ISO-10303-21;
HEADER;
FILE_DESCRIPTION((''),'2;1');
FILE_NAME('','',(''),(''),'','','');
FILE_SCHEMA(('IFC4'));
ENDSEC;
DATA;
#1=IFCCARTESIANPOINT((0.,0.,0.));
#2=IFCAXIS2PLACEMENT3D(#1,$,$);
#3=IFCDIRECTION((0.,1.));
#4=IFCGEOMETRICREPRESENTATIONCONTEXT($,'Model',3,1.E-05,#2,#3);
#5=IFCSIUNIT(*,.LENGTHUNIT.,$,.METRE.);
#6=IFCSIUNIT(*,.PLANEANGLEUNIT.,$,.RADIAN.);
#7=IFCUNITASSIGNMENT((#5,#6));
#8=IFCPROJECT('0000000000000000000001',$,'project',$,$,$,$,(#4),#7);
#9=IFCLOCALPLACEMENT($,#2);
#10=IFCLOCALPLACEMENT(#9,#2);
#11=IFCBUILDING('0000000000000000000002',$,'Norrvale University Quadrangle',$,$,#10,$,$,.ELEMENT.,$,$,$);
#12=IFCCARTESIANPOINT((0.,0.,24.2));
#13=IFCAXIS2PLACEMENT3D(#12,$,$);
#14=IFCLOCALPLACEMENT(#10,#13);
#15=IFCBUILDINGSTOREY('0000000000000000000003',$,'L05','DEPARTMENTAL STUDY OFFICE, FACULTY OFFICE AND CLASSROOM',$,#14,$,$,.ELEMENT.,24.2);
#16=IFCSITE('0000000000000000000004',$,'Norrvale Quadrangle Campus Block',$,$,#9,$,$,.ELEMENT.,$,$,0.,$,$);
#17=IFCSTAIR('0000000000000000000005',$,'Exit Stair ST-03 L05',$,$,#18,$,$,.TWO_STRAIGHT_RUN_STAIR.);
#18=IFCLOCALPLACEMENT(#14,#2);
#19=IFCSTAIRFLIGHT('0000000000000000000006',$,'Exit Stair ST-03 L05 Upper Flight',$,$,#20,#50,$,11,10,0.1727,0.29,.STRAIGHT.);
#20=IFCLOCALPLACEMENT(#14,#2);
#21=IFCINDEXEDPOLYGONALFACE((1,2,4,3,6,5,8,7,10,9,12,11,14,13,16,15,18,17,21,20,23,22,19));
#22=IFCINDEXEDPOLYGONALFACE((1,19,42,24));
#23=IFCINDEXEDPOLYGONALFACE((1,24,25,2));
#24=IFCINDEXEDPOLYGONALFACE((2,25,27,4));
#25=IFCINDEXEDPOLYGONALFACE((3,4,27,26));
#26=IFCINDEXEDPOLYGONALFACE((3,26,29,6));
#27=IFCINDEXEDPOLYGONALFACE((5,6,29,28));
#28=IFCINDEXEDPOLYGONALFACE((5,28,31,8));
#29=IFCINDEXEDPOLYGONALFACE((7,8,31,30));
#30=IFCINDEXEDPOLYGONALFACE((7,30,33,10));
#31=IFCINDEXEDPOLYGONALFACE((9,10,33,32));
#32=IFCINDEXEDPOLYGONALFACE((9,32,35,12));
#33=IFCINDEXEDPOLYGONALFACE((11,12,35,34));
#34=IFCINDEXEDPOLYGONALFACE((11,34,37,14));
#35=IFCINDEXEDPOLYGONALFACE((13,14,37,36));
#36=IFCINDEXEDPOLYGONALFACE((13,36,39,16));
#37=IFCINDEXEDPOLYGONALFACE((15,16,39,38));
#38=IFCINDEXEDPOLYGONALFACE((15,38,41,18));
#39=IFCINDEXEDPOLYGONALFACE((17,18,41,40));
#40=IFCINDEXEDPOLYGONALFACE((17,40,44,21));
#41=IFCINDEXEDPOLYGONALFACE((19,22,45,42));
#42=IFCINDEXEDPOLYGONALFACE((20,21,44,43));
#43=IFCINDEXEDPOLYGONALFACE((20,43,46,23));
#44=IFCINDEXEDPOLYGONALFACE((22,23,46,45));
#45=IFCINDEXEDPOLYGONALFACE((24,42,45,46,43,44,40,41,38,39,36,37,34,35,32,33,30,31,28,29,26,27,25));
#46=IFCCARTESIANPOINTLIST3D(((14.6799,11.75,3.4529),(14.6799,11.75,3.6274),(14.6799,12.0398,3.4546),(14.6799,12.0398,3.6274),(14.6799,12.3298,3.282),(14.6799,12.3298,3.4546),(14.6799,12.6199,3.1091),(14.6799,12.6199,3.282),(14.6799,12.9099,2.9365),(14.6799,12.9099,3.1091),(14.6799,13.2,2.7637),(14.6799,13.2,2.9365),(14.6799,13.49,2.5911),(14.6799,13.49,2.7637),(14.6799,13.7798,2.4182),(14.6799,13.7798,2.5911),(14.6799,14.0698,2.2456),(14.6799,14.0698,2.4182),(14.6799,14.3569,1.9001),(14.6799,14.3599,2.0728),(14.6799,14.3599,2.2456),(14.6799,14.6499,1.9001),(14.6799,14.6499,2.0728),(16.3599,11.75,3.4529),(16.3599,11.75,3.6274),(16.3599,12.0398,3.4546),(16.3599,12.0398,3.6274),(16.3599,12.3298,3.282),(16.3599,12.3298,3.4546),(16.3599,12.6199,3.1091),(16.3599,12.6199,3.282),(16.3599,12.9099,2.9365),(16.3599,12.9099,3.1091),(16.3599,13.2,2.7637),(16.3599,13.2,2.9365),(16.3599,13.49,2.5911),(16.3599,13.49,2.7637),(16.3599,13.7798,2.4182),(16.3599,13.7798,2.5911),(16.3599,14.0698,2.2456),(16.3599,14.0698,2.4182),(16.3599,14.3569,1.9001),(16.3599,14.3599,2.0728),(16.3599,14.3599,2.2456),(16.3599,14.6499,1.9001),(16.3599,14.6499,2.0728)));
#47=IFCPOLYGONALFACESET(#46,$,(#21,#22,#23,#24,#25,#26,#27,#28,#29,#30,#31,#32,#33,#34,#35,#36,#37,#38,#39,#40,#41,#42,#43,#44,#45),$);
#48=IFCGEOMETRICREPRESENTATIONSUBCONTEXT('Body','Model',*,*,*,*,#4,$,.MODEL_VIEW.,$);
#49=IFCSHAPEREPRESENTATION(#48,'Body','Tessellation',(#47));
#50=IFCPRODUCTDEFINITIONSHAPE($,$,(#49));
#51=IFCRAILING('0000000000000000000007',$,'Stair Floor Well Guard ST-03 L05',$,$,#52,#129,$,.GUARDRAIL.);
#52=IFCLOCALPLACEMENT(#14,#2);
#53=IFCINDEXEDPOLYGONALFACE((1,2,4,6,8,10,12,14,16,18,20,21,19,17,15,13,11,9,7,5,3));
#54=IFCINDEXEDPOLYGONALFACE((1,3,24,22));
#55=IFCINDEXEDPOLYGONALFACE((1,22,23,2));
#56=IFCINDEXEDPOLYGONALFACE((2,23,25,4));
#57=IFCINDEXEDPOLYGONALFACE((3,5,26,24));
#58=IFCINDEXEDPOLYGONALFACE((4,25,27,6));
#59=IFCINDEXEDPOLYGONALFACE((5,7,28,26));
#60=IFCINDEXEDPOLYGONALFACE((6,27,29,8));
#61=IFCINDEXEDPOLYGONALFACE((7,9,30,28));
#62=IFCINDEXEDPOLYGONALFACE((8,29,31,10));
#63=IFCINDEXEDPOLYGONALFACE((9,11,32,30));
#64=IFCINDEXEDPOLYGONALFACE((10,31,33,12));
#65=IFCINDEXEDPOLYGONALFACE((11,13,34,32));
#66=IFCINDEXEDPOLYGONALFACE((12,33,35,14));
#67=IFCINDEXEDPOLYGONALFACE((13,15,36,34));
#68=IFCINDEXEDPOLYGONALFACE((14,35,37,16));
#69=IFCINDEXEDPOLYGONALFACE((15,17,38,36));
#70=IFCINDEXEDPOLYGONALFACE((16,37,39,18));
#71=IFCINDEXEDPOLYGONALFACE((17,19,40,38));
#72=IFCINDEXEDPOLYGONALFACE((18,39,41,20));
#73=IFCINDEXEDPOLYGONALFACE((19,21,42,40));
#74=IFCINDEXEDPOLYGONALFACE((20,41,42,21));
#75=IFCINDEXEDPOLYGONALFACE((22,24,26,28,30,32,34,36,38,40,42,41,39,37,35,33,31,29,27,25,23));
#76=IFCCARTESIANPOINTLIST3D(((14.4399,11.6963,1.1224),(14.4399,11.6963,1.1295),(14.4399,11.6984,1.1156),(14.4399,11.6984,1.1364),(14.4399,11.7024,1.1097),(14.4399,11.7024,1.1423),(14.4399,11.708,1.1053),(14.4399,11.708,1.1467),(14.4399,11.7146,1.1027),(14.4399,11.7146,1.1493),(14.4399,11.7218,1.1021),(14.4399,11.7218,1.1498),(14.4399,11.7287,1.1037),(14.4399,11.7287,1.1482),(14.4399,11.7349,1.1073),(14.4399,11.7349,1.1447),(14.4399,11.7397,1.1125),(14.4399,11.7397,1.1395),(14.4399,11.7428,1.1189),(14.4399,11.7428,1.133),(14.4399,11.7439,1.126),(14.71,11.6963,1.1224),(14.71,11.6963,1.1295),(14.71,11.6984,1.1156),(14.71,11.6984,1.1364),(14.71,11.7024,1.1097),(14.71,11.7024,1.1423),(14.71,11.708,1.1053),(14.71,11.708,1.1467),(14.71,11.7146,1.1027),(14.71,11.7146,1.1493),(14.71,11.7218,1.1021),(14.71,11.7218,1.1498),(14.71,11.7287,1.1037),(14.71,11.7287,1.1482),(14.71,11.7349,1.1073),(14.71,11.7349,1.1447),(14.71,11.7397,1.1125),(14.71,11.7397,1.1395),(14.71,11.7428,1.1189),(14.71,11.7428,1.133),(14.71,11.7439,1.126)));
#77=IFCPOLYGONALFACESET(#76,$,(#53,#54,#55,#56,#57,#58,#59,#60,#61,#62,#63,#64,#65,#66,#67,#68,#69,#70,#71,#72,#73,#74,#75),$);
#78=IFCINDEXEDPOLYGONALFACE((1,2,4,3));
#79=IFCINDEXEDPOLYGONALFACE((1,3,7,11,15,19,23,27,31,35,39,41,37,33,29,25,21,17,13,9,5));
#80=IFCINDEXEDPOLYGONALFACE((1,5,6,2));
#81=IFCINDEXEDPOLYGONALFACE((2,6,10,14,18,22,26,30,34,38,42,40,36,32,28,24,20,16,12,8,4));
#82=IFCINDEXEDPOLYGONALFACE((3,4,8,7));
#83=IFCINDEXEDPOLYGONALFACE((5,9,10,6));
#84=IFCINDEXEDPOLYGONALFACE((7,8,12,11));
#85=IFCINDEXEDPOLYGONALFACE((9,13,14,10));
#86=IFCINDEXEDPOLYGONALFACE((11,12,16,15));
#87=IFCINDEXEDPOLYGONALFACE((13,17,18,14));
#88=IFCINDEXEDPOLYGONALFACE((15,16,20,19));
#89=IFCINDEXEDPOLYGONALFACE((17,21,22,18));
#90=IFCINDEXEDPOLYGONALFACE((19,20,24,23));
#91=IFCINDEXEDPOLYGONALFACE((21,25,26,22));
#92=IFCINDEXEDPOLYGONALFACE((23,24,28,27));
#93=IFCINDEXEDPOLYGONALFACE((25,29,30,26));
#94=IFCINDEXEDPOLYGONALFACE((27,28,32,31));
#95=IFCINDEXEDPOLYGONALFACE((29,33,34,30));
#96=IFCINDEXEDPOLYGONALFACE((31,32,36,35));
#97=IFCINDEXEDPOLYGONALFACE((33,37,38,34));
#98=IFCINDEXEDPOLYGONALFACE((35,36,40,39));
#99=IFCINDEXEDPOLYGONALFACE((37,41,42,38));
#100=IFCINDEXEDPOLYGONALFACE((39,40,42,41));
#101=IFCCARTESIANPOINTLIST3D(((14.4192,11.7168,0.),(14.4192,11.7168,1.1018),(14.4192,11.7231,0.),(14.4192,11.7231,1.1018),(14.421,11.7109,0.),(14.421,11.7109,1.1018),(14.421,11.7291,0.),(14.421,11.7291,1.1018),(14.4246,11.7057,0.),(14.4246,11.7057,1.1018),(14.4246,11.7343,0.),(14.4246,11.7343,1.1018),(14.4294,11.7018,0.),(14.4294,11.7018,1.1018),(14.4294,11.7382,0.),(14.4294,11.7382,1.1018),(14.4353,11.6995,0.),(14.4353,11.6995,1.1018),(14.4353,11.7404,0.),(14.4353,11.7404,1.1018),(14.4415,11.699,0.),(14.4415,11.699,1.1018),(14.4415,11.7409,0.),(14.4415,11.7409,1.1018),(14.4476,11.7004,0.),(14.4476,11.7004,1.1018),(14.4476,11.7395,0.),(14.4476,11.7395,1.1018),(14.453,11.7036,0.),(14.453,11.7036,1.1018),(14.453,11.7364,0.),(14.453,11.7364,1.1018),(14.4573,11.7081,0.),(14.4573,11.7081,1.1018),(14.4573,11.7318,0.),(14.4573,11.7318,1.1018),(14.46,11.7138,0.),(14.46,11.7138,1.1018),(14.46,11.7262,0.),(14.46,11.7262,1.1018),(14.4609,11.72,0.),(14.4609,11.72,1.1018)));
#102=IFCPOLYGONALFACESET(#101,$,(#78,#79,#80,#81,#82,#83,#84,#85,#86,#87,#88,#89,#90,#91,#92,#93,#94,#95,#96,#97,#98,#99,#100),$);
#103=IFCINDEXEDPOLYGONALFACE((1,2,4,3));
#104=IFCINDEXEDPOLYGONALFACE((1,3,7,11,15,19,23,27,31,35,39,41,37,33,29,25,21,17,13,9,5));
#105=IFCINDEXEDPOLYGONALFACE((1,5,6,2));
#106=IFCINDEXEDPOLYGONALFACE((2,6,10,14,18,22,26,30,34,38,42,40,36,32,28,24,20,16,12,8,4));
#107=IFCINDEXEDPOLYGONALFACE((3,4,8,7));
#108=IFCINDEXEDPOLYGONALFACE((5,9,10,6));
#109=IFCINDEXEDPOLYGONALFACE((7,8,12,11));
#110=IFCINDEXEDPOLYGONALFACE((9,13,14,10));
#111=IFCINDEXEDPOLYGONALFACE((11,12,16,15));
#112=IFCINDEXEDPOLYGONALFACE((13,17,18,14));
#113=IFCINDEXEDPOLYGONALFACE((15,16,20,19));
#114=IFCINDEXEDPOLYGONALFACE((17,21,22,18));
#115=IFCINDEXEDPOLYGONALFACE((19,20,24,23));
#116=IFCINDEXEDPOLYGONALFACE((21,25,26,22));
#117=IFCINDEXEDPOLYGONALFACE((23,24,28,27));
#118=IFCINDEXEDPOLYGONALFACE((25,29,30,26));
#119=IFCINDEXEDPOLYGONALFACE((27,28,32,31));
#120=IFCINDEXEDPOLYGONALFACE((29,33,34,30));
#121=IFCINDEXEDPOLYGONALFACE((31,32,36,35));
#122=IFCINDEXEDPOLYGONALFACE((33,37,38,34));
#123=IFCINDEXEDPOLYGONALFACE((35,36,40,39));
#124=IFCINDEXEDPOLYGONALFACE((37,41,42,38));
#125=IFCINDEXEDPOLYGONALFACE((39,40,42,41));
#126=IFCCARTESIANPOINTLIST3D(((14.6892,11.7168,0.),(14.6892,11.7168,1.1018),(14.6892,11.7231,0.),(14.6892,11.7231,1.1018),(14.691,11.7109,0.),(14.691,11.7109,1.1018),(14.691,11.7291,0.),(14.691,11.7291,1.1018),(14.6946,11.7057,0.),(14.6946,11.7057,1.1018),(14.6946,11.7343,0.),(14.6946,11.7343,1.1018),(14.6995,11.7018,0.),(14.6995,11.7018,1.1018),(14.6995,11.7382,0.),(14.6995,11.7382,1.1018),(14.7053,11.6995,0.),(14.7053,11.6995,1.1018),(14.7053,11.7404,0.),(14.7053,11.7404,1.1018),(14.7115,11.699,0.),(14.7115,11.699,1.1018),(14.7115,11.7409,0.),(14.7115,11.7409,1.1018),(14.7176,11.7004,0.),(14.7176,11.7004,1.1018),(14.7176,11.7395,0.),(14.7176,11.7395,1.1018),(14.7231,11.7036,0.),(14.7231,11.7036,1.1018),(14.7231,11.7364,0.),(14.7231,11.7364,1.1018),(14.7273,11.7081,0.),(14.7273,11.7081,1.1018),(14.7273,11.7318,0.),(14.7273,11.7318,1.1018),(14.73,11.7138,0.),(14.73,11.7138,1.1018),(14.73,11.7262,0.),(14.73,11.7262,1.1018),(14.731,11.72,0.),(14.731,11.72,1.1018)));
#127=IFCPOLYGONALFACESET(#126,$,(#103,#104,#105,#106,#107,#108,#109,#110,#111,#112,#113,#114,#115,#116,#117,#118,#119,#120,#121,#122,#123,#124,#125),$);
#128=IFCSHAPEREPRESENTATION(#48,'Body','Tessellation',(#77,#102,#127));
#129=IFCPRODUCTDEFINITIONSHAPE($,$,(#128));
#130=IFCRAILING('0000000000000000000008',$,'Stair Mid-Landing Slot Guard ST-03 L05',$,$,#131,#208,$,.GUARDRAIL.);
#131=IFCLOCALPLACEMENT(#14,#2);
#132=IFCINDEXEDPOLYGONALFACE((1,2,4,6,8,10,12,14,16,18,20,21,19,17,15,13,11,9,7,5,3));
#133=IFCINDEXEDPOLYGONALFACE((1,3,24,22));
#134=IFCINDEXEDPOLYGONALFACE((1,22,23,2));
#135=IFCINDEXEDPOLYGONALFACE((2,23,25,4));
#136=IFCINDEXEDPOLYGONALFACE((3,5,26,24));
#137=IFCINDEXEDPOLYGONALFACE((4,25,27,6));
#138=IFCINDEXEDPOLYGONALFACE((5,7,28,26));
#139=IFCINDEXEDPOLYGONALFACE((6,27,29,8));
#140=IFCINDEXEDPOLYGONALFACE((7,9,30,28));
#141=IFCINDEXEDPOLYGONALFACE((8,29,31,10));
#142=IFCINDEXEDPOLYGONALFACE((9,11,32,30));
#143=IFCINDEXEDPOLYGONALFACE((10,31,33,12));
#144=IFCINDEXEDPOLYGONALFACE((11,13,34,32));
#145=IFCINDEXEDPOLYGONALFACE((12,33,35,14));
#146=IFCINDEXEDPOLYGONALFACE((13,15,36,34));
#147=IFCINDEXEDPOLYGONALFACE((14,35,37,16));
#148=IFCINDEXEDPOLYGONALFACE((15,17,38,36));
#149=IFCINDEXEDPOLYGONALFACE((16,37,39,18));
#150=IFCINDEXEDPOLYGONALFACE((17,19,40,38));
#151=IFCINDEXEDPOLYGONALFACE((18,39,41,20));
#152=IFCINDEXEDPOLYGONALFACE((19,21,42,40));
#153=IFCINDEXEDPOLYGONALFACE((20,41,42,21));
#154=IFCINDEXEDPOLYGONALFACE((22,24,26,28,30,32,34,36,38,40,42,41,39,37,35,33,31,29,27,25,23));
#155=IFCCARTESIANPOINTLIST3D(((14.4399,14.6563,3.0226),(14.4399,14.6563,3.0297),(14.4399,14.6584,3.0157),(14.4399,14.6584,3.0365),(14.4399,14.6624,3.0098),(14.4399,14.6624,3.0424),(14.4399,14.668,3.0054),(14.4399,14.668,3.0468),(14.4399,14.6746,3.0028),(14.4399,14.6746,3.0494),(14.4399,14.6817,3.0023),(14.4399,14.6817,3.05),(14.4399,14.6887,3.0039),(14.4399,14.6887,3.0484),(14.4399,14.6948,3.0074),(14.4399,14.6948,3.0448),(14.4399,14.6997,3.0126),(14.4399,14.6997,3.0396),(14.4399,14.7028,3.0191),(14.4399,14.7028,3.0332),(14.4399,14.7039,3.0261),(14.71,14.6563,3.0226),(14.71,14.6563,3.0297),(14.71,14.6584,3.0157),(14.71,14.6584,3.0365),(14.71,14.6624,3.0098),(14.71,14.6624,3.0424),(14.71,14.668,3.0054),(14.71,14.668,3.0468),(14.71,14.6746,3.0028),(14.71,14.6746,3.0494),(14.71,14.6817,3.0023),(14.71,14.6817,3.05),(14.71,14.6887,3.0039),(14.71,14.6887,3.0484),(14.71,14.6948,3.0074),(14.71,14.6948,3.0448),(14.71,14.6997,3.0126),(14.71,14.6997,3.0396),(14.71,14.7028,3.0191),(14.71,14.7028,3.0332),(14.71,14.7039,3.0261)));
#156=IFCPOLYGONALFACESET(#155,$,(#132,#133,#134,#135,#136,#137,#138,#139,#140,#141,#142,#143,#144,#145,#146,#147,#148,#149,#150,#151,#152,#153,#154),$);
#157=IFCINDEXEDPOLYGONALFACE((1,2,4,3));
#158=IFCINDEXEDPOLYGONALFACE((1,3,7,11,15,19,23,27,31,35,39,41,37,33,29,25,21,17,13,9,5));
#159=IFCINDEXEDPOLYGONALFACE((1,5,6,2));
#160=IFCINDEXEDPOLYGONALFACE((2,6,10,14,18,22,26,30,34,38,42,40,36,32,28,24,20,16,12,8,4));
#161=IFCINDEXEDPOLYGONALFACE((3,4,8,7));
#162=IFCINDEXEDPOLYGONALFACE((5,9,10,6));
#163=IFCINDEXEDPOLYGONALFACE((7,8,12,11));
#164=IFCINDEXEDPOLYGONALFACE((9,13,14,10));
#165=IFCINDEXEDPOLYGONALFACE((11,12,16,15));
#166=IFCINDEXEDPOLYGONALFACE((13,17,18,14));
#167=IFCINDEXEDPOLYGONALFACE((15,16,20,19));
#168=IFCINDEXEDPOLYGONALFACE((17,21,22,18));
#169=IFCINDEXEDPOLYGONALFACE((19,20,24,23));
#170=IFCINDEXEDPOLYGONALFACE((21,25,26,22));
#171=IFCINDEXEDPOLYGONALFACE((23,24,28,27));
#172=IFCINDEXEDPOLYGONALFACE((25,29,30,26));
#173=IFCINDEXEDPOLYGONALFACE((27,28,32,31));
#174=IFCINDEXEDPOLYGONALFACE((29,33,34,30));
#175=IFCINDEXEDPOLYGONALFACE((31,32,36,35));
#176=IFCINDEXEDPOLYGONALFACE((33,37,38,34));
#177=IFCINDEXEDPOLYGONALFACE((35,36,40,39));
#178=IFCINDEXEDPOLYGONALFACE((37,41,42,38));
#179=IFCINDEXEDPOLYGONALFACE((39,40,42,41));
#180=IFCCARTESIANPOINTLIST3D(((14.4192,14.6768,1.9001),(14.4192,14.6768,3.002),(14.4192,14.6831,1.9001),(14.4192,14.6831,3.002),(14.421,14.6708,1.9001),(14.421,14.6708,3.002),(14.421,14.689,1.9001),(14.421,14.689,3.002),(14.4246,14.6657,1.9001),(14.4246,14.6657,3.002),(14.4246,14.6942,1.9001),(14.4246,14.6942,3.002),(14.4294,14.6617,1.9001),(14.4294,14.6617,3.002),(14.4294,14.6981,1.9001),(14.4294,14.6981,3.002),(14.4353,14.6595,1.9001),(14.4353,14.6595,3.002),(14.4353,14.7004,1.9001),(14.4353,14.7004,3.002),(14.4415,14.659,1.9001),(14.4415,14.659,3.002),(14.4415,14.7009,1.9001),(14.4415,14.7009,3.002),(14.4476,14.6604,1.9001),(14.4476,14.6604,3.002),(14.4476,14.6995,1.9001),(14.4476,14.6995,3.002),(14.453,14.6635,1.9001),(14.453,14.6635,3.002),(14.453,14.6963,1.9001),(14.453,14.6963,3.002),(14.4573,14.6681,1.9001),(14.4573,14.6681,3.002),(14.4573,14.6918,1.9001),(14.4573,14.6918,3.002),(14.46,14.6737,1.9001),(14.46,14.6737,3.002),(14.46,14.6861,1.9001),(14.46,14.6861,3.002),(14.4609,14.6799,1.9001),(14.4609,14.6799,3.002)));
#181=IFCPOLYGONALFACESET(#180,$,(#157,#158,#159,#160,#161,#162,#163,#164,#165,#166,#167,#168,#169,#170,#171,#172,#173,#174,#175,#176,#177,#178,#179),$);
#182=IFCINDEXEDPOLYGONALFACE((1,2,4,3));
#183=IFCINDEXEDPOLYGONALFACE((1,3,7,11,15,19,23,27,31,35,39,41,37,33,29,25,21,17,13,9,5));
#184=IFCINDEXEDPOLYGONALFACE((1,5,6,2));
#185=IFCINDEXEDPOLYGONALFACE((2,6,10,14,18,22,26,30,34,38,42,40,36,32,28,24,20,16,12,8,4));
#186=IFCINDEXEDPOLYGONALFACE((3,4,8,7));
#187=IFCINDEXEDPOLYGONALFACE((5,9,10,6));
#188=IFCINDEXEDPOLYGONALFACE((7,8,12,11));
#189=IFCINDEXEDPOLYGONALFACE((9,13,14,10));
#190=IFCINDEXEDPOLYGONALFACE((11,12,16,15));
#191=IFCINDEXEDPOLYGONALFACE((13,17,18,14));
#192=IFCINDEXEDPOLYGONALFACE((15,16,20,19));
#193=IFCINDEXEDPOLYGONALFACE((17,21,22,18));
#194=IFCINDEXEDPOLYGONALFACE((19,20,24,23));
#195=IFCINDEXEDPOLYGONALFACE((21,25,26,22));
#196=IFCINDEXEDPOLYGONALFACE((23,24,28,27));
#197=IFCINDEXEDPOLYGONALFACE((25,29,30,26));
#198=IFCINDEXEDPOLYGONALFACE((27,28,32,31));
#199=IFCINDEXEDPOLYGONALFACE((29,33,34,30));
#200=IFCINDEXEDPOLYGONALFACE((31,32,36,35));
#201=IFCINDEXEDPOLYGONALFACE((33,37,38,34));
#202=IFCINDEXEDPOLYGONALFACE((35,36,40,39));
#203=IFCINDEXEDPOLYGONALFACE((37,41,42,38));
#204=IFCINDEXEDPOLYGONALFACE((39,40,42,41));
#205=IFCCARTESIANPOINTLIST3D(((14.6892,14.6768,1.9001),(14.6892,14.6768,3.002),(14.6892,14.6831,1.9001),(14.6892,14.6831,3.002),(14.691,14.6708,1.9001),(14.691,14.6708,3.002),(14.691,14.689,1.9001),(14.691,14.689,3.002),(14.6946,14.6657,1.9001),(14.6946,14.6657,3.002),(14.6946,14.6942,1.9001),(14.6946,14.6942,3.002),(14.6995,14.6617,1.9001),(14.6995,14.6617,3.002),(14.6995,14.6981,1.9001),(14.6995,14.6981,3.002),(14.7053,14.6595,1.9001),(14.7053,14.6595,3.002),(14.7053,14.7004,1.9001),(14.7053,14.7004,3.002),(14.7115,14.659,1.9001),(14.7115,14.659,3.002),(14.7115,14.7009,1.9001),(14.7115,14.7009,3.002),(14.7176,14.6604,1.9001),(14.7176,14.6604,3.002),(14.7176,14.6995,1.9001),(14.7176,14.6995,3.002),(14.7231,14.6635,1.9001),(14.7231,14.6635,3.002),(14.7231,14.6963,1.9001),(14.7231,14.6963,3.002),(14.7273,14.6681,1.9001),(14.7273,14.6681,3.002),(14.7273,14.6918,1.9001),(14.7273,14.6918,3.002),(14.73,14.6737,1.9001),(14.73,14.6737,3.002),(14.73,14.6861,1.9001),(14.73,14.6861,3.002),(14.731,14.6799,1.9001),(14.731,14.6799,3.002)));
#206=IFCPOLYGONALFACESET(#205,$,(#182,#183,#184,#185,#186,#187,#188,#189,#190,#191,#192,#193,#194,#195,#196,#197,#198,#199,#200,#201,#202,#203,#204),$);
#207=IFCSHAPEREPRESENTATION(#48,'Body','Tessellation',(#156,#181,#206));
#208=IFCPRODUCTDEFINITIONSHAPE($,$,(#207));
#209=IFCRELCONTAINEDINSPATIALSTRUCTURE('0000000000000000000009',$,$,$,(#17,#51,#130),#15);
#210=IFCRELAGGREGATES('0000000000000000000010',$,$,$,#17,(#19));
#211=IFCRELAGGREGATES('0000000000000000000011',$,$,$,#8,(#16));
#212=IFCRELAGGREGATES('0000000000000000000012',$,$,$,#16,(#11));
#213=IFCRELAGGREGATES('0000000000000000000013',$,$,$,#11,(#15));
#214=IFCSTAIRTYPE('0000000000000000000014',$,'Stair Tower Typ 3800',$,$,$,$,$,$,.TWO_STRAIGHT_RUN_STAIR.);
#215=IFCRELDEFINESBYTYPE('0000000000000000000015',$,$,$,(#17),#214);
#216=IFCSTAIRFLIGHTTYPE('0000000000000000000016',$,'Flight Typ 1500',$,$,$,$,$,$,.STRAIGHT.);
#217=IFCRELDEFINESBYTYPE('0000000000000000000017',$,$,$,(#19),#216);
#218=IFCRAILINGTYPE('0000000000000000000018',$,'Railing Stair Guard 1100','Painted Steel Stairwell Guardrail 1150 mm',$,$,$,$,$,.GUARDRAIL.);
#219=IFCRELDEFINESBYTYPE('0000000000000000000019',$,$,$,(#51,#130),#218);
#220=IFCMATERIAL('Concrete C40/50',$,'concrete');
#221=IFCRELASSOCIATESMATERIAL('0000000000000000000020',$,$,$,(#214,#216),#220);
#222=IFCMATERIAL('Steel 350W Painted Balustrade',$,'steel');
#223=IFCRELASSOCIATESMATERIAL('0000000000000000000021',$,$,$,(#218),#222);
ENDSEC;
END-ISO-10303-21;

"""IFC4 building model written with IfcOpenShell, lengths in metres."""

from ifc_helpers import new_model, si_unit, direction, frame, origin, origin_2d, place, context, subcontext, project, spatial, polyline, circle, outline, extrude, material, type_object, element, aggregate, save


model = new_model("IFC4")

# Units and contexts
model_context = context("Model", 3, precision=1e-05, world=origin(), true_north=direction((0.0, 1.0)))
body_context = subcontext(model_context, "Body", "Model", "MODEL_VIEW")
ifc_project = project(units=[si_unit("LENGTHUNIT", "METRE"), si_unit("PLANEANGLEUNIT", "RADIAN")], contexts=[model_context])

# Site, building, storey
site_placement = place(None, origin())
site = spatial("IfcSite", under=ifc_project, at=site_placement, Name="Norrvale Quadrangle Campus Block", CompositionType="ELEMENT", RefElevation=0.0)
building_placement = place(site_placement, origin())
building = spatial("IfcBuilding", under=site, at=building_placement, Name="Norrvale University Quadrangle", CompositionType="ELEMENT")
storey_placement = place(building_placement, frame((0.0, 0.0, 24.2)))
storey = spatial("IfcBuildingStorey", under=building, at=storey_placement, Name="L05", Description="DEPARTMENTAL STUDY OFFICE, FACULTY OFFICE AND CLASSROOM", CompositionType="ELEMENT", Elevation=24.2)

# Stair, stair flight
ifc_material_1 = material(Name="Concrete C40/50", Category="concrete")
stair_type = type_object("IfcStairType", Name="Stair Tower Typ 3800", PredefinedType="TWO_STRAIGHT_RUN_STAIR", material=ifc_material_1)
stair_placement = place(storey_placement, origin())
stair = element("IfcStair", 1, at=stair_placement, inside=storey, type_object=stair_type, Name="Exit Stair ST-03 L05", PredefinedType="TWO_STRAIGHT_RUN_STAIR")
stair_flight_type = type_object("IfcStairFlightType", Name="Flight Typ 1500", PredefinedType="STRAIGHT", material=ifc_material_1)
stair_flight_1_placement = place(storey_placement, frame((15.52, 14.6499, 1.9001), z_axis=(0.0, 0.0, 1.0), x_axis=(0.0, -1.0, 0.0)))
stair_flight_1 = element("IfcStairFlight", 2, at=stair_flight_1_placement, type_object=stair_flight_type, Name="Exit Stair ST-03 L05 Upper Flight", NumberOfRisers=11, NumberOfTreads=10, PredefinedType="STRAIGHT", RiserHeight=0.1727, TreadLength=0.29, context=body_context, shape_type="SweptSolid", body=[
    extrude(outline(polyline([(0.0, 0.0), (0.0, 0.1726), (0.29, 0.1726), (0.29, 0.3455), (0.5801, 0.3455), (0.5801, 0.5181), (0.8701, 0.5181), (0.8701, 0.6909), (1.1599, 0.6909), (1.1599, 0.8635), (1.45, 0.8635), (1.45, 1.0364), (1.74, 1.0364), (1.74, 1.209), (2.03, 1.209), (2.03, 1.3818), (2.3201, 1.3818), (2.3201, 1.5544), (2.6101, 1.5544), (2.6101, 1.7273), (2.8999, 1.7273), (2.8999, 1.8999), (2.8999, 1.5527), (0.293, 0.0), (0.0, 0.0)])), frame((0.0, 0.8398, 0.0), z_axis=(0.0, -1.0, 0.0), x_axis=(1.0, 0.0, 0.0)), (0.0, 0.0, 1.0), 1.6799),
])
aggregate(stair, [stair_flight_1])

# Railings
ifc_material_2 = material(Name="Steel 350W Painted Balustrade", Category="steel")
railing_type_1 = type_object("IfcRailingType", Name="Railing Stair Guard 1100", Description="Painted Steel Stairwell Guardrail 1150 mm", PredefinedType="GUARDRAIL", material=ifc_material_2)
for number, where, name in (
    (3, (14.4399, 11.72, 0.0), "Stair Floor Well Guard ST-03 L05"),
    (4, (14.4399, 14.6799, 1.9001), "Stair Mid-Landing Slot Guard ST-03 L05"),
):
    element("IfcRailing", number, at=place(storey_placement, frame(where)), inside=storey, type_object=railing_type_1, Name=name, PredefinedType="GUARDRAIL", context=body_context, shape_type="SweptSolid", body=[
        extrude(circle(Radius=0.0239, at=origin_2d()), frame((0.0, 0.0, 1.126), z_axis=(1.0, 0.0, 0.0), x_axis=(0.0, 1.0, 0.0)), (0.0, 0.0, 1.0), 0.27),
        extrude(circle(Radius=0.021, at=origin_2d()), origin(), (0.0, 0.0, 1.0), 1.1018),
        extrude(circle(Radius=0.021, at=origin_2d()), frame((0.27, 0.0, 0.0)), (0.0, 0.0, 1.0), 1.1018),
    ])

save(model, "model.ifc")
